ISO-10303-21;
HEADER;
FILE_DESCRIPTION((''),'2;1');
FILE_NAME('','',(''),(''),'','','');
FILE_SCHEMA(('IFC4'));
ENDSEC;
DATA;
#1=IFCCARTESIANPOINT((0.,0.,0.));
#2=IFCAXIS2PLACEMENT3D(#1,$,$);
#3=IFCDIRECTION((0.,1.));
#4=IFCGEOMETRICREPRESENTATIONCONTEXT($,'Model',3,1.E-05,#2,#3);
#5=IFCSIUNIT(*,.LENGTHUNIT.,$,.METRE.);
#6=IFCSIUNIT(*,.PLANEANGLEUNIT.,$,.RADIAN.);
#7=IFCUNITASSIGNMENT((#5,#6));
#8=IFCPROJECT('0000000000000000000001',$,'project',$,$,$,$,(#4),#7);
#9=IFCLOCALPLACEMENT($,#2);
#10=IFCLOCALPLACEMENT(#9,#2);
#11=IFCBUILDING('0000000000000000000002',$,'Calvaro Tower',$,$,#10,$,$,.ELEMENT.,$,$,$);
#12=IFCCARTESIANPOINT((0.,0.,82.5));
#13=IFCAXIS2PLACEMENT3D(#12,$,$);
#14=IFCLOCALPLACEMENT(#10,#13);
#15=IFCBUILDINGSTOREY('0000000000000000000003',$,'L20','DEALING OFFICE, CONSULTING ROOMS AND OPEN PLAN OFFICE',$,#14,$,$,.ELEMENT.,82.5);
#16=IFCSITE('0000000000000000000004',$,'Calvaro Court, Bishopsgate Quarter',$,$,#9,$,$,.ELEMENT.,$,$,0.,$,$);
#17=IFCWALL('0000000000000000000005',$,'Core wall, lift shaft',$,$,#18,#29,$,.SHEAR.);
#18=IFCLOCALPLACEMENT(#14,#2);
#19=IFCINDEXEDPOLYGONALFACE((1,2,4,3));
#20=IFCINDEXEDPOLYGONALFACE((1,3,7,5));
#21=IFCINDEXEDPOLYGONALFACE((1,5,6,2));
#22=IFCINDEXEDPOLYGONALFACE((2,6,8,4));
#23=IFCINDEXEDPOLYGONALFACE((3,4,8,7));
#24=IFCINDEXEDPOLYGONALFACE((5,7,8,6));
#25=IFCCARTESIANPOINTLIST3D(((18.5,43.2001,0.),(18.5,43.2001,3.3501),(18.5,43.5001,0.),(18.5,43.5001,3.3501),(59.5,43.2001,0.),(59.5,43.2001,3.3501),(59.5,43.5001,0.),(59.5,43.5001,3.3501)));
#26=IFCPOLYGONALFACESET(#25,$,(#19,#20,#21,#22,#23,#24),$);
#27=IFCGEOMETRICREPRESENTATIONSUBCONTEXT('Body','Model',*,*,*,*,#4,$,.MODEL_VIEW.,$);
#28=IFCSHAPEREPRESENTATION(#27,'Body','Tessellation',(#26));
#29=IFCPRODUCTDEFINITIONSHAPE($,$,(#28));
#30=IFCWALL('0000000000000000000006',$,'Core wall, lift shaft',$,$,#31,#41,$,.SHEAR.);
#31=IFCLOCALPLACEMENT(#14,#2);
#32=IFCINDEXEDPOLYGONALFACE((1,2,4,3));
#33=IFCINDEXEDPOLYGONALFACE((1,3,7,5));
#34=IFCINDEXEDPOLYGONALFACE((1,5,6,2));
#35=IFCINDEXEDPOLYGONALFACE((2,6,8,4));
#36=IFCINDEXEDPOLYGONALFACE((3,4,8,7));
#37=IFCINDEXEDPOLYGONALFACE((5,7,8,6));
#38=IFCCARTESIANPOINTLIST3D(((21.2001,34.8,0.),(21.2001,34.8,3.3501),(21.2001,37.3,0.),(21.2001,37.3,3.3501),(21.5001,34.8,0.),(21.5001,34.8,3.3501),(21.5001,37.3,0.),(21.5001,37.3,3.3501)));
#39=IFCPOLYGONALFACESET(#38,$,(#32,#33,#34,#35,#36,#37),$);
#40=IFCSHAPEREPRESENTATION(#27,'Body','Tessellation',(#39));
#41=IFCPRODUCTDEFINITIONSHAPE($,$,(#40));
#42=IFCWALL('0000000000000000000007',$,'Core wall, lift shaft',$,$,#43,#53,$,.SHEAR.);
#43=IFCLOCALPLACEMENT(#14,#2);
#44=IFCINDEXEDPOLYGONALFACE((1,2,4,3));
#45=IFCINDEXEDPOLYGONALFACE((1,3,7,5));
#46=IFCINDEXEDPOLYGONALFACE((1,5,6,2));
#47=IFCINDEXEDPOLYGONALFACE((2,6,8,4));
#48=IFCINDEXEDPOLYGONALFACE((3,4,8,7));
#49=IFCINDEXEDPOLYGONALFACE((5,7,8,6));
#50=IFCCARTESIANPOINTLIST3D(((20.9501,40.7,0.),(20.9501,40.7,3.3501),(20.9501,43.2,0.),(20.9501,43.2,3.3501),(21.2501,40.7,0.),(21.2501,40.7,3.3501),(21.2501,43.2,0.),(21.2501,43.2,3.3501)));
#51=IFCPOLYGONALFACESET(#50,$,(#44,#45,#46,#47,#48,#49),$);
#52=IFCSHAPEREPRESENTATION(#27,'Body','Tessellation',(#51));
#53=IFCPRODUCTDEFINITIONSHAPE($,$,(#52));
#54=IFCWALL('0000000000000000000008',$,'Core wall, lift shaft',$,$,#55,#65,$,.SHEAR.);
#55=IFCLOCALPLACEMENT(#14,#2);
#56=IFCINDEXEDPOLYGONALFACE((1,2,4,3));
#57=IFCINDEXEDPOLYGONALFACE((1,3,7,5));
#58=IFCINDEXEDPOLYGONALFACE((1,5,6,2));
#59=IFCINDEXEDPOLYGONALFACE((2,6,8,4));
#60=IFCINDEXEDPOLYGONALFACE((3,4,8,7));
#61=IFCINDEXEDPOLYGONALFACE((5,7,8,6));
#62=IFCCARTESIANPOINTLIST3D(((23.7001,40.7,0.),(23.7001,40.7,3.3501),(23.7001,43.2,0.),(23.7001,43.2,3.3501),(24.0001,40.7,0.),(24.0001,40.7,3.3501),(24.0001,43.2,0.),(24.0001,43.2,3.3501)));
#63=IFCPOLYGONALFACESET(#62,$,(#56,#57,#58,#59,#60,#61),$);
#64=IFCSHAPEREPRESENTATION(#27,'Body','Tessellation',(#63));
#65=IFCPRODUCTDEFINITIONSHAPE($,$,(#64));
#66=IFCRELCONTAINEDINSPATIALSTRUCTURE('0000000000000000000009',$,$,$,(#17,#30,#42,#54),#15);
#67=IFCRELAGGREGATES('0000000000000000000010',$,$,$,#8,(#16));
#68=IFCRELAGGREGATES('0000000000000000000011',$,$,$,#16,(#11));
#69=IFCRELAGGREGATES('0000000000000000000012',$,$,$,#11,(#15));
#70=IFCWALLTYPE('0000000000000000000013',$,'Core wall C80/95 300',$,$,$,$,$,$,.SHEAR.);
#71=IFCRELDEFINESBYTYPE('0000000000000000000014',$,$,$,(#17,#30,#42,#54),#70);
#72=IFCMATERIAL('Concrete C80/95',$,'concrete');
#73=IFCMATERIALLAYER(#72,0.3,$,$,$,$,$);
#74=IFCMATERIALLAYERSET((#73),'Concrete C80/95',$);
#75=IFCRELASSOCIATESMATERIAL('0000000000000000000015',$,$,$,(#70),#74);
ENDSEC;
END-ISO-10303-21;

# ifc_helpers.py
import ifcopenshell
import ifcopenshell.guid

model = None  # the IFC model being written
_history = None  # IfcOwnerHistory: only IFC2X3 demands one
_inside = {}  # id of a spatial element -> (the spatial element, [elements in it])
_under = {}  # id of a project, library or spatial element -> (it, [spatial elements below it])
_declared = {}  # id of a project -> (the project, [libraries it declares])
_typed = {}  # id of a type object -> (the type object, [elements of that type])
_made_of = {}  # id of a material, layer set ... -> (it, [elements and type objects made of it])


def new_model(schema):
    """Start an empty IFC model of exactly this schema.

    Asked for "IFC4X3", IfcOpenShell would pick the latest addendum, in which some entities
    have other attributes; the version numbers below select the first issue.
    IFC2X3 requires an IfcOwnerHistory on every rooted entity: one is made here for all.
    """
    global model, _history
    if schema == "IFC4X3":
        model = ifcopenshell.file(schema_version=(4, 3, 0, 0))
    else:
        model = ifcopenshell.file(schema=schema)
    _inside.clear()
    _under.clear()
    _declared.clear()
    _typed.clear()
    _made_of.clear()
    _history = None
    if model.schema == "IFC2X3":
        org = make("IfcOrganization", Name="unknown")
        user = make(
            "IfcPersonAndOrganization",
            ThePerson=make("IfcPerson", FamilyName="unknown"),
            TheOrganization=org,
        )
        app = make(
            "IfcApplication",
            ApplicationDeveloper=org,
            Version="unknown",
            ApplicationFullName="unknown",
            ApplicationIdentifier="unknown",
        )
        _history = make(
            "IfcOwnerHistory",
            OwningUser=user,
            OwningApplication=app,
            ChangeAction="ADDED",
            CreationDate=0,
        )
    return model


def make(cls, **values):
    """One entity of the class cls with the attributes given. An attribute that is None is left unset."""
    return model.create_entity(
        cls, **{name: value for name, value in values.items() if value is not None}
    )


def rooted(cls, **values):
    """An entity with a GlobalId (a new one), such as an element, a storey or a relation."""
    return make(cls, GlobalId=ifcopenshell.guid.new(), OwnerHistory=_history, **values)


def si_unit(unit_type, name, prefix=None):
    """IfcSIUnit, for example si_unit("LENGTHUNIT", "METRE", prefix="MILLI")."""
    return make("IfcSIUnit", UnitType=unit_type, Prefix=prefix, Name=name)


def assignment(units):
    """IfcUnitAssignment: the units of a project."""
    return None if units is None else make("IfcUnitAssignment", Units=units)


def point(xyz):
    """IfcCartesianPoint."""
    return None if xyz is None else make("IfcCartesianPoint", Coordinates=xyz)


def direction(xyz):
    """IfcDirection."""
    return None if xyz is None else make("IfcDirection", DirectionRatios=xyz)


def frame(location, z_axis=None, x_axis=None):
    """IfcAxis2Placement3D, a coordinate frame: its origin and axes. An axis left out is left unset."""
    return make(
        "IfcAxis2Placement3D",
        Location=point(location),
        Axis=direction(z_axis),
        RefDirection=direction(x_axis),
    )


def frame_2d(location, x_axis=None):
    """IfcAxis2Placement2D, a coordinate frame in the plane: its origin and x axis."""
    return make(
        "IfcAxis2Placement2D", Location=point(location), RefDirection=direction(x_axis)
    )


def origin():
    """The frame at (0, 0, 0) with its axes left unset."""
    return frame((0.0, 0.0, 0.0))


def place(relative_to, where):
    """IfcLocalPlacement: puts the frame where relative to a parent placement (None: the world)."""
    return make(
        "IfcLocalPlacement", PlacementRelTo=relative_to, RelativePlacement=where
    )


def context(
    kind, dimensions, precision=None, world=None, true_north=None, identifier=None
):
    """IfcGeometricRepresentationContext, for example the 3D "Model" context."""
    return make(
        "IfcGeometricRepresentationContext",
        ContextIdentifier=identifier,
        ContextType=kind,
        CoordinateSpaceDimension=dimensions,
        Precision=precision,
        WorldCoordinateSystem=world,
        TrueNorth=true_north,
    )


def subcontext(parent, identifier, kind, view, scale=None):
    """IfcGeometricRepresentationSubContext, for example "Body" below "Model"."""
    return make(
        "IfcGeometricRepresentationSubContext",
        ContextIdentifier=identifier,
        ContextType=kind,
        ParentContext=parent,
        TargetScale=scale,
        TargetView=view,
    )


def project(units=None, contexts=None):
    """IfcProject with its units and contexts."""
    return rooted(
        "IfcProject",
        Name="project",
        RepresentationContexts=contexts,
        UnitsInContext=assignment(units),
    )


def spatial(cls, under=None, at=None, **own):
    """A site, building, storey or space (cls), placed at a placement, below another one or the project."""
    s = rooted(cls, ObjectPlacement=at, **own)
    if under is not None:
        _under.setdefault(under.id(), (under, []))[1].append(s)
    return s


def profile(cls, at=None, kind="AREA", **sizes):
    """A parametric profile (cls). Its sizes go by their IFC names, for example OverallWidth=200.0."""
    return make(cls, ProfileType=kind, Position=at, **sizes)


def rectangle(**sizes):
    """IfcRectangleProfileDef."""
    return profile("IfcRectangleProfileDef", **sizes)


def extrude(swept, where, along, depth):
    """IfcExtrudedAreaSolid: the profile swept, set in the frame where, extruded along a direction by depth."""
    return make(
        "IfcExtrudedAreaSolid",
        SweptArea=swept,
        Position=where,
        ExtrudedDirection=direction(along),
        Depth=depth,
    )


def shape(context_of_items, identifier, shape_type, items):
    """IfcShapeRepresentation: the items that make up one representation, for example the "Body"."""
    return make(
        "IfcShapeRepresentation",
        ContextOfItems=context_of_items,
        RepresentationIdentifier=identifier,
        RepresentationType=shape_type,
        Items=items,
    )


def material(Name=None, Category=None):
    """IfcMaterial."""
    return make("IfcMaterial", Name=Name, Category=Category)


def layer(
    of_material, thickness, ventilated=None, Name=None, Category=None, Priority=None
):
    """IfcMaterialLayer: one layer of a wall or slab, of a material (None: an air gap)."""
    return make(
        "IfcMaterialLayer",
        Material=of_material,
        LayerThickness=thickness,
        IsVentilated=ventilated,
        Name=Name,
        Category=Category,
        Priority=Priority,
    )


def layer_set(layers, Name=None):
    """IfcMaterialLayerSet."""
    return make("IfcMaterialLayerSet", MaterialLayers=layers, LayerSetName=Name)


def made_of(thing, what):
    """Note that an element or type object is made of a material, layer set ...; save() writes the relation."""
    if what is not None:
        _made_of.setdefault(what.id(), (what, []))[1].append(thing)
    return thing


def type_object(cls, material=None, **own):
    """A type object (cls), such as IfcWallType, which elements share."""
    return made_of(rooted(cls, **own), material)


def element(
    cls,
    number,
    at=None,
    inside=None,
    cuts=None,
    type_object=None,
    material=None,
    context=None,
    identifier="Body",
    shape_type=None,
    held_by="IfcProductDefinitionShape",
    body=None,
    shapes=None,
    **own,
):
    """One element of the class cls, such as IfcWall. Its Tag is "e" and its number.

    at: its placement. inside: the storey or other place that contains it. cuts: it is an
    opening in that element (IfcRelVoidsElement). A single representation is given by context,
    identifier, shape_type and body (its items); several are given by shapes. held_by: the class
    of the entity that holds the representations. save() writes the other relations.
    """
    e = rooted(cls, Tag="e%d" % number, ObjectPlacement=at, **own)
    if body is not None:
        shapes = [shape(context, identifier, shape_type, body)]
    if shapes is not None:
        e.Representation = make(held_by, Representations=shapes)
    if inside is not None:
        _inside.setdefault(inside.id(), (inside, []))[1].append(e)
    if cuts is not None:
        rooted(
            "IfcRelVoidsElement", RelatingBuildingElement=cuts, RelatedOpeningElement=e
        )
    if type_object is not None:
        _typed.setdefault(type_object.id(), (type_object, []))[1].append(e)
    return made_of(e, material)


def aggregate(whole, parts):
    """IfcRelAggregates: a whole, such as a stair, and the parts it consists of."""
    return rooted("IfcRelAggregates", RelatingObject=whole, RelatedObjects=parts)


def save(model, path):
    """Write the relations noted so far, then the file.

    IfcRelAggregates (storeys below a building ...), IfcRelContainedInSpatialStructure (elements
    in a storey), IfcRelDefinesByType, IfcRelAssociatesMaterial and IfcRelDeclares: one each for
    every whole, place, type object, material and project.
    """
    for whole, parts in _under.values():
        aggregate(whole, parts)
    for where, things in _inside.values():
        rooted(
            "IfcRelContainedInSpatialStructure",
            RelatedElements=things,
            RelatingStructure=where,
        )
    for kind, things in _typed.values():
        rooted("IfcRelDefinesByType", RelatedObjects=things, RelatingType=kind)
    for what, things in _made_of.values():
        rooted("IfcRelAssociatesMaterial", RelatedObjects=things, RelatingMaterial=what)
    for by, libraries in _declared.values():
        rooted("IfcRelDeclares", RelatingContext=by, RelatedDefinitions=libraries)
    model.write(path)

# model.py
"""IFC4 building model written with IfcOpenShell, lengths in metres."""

from ifc_helpers import new_model, si_unit, direction, frame, frame_2d, origin, place, context, subcontext, project, spatial, rectangle, extrude, material, layer, layer_set, type_object, element, save


model = new_model("IFC4")

# Units and contexts
model_context = context("Model", 3, precision=1e-05, world=origin(), true_north=direction((0.0, 1.0)))
body_context = subcontext(model_context, "Body", "Model", "MODEL_VIEW")
ifc_project = project(units=[si_unit("LENGTHUNIT", "METRE"), si_unit("PLANEANGLEUNIT", "RADIAN")], contexts=[model_context])

# Site, building, storey
site_placement = place(None, origin())
site = spatial("IfcSite", under=ifc_project, at=site_placement, Name="Calvaro Court, Bishopsgate Quarter", CompositionType="ELEMENT", RefElevation=0.0)
building_placement = place(site_placement, origin())
building = spatial("IfcBuilding", under=site, at=building_placement, Name="Calvaro Tower", CompositionType="ELEMENT")
storey_placement = place(building_placement, frame((0.0, 0.0, 82.5)))
storey = spatial("IfcBuildingStorey", under=building, at=storey_placement, Name="L20", Description="DEALING OFFICE, CONSULTING ROOMS AND OPEN PLAN OFFICE", CompositionType="ELEMENT", Elevation=82.5)

# Shared definitions
ifc_material_1 = material(Name="Concrete C80/95", Category="concrete")
ifc_layer_1 = layer(ifc_material_1, 0.3)
ifc_layer_set_1 = layer_set([ifc_layer_1], Name="Concrete C80/95")
wall_type_1 = type_object("IfcWallType", Name="Core wall C80/95 300", PredefinedType="SHEAR", material=ifc_layer_set_1)

# Walls
wall_1_placement = place(storey_placement, frame((18.5, 43.3501, 0.0), z_axis=(0.0, 0.0, 1.0), x_axis=(1.0, 0.0, 0.0)))
element("IfcWall", 1, at=wall_1_placement, inside=storey, type_object=wall_type_1, Name="Core wall, lift shaft", PredefinedType="SHEAR", context=body_context, shape_type="SweptSolid", body=[
    extrude(rectangle(XDim=41.0, YDim=0.3, at=frame_2d((20.5, 0.0))), origin(), (0.0, 0.0, 1.0), 3.3501),
])
for number, where, z_axis, x_axis, name in (
    (2, (21.3501, 34.8, 0.0), (0.0, 0.0, 1.0), (0.0, 1.0, 0.0), "Core wall, lift shaft"),
    (3, (21.1001, 40.7, 0.0), (0.0, 0.0, 1.0), (0.0, 1.0, 0.0), "Core wall, lift shaft"),
    (4, (23.8501, 40.7, 0.0), (0.0, 0.0, 1.0), (0.0, 1.0, 0.0), "Core wall, lift shaft"),
):
    element("IfcWall", number, at=place(storey_placement, frame(where, z_axis=z_axis, x_axis=x_axis)), inside=storey, type_object=wall_type_1, Name=name, PredefinedType="SHEAR", context=body_context, shape_type="SweptSolid", body=[
        extrude(rectangle(XDim=2.5, YDim=0.3, at=frame_2d((1.25, 0.0))), origin(), (0.0, 0.0, 1.0), 3.3501),
    ])

save(model, "model.ifc")
